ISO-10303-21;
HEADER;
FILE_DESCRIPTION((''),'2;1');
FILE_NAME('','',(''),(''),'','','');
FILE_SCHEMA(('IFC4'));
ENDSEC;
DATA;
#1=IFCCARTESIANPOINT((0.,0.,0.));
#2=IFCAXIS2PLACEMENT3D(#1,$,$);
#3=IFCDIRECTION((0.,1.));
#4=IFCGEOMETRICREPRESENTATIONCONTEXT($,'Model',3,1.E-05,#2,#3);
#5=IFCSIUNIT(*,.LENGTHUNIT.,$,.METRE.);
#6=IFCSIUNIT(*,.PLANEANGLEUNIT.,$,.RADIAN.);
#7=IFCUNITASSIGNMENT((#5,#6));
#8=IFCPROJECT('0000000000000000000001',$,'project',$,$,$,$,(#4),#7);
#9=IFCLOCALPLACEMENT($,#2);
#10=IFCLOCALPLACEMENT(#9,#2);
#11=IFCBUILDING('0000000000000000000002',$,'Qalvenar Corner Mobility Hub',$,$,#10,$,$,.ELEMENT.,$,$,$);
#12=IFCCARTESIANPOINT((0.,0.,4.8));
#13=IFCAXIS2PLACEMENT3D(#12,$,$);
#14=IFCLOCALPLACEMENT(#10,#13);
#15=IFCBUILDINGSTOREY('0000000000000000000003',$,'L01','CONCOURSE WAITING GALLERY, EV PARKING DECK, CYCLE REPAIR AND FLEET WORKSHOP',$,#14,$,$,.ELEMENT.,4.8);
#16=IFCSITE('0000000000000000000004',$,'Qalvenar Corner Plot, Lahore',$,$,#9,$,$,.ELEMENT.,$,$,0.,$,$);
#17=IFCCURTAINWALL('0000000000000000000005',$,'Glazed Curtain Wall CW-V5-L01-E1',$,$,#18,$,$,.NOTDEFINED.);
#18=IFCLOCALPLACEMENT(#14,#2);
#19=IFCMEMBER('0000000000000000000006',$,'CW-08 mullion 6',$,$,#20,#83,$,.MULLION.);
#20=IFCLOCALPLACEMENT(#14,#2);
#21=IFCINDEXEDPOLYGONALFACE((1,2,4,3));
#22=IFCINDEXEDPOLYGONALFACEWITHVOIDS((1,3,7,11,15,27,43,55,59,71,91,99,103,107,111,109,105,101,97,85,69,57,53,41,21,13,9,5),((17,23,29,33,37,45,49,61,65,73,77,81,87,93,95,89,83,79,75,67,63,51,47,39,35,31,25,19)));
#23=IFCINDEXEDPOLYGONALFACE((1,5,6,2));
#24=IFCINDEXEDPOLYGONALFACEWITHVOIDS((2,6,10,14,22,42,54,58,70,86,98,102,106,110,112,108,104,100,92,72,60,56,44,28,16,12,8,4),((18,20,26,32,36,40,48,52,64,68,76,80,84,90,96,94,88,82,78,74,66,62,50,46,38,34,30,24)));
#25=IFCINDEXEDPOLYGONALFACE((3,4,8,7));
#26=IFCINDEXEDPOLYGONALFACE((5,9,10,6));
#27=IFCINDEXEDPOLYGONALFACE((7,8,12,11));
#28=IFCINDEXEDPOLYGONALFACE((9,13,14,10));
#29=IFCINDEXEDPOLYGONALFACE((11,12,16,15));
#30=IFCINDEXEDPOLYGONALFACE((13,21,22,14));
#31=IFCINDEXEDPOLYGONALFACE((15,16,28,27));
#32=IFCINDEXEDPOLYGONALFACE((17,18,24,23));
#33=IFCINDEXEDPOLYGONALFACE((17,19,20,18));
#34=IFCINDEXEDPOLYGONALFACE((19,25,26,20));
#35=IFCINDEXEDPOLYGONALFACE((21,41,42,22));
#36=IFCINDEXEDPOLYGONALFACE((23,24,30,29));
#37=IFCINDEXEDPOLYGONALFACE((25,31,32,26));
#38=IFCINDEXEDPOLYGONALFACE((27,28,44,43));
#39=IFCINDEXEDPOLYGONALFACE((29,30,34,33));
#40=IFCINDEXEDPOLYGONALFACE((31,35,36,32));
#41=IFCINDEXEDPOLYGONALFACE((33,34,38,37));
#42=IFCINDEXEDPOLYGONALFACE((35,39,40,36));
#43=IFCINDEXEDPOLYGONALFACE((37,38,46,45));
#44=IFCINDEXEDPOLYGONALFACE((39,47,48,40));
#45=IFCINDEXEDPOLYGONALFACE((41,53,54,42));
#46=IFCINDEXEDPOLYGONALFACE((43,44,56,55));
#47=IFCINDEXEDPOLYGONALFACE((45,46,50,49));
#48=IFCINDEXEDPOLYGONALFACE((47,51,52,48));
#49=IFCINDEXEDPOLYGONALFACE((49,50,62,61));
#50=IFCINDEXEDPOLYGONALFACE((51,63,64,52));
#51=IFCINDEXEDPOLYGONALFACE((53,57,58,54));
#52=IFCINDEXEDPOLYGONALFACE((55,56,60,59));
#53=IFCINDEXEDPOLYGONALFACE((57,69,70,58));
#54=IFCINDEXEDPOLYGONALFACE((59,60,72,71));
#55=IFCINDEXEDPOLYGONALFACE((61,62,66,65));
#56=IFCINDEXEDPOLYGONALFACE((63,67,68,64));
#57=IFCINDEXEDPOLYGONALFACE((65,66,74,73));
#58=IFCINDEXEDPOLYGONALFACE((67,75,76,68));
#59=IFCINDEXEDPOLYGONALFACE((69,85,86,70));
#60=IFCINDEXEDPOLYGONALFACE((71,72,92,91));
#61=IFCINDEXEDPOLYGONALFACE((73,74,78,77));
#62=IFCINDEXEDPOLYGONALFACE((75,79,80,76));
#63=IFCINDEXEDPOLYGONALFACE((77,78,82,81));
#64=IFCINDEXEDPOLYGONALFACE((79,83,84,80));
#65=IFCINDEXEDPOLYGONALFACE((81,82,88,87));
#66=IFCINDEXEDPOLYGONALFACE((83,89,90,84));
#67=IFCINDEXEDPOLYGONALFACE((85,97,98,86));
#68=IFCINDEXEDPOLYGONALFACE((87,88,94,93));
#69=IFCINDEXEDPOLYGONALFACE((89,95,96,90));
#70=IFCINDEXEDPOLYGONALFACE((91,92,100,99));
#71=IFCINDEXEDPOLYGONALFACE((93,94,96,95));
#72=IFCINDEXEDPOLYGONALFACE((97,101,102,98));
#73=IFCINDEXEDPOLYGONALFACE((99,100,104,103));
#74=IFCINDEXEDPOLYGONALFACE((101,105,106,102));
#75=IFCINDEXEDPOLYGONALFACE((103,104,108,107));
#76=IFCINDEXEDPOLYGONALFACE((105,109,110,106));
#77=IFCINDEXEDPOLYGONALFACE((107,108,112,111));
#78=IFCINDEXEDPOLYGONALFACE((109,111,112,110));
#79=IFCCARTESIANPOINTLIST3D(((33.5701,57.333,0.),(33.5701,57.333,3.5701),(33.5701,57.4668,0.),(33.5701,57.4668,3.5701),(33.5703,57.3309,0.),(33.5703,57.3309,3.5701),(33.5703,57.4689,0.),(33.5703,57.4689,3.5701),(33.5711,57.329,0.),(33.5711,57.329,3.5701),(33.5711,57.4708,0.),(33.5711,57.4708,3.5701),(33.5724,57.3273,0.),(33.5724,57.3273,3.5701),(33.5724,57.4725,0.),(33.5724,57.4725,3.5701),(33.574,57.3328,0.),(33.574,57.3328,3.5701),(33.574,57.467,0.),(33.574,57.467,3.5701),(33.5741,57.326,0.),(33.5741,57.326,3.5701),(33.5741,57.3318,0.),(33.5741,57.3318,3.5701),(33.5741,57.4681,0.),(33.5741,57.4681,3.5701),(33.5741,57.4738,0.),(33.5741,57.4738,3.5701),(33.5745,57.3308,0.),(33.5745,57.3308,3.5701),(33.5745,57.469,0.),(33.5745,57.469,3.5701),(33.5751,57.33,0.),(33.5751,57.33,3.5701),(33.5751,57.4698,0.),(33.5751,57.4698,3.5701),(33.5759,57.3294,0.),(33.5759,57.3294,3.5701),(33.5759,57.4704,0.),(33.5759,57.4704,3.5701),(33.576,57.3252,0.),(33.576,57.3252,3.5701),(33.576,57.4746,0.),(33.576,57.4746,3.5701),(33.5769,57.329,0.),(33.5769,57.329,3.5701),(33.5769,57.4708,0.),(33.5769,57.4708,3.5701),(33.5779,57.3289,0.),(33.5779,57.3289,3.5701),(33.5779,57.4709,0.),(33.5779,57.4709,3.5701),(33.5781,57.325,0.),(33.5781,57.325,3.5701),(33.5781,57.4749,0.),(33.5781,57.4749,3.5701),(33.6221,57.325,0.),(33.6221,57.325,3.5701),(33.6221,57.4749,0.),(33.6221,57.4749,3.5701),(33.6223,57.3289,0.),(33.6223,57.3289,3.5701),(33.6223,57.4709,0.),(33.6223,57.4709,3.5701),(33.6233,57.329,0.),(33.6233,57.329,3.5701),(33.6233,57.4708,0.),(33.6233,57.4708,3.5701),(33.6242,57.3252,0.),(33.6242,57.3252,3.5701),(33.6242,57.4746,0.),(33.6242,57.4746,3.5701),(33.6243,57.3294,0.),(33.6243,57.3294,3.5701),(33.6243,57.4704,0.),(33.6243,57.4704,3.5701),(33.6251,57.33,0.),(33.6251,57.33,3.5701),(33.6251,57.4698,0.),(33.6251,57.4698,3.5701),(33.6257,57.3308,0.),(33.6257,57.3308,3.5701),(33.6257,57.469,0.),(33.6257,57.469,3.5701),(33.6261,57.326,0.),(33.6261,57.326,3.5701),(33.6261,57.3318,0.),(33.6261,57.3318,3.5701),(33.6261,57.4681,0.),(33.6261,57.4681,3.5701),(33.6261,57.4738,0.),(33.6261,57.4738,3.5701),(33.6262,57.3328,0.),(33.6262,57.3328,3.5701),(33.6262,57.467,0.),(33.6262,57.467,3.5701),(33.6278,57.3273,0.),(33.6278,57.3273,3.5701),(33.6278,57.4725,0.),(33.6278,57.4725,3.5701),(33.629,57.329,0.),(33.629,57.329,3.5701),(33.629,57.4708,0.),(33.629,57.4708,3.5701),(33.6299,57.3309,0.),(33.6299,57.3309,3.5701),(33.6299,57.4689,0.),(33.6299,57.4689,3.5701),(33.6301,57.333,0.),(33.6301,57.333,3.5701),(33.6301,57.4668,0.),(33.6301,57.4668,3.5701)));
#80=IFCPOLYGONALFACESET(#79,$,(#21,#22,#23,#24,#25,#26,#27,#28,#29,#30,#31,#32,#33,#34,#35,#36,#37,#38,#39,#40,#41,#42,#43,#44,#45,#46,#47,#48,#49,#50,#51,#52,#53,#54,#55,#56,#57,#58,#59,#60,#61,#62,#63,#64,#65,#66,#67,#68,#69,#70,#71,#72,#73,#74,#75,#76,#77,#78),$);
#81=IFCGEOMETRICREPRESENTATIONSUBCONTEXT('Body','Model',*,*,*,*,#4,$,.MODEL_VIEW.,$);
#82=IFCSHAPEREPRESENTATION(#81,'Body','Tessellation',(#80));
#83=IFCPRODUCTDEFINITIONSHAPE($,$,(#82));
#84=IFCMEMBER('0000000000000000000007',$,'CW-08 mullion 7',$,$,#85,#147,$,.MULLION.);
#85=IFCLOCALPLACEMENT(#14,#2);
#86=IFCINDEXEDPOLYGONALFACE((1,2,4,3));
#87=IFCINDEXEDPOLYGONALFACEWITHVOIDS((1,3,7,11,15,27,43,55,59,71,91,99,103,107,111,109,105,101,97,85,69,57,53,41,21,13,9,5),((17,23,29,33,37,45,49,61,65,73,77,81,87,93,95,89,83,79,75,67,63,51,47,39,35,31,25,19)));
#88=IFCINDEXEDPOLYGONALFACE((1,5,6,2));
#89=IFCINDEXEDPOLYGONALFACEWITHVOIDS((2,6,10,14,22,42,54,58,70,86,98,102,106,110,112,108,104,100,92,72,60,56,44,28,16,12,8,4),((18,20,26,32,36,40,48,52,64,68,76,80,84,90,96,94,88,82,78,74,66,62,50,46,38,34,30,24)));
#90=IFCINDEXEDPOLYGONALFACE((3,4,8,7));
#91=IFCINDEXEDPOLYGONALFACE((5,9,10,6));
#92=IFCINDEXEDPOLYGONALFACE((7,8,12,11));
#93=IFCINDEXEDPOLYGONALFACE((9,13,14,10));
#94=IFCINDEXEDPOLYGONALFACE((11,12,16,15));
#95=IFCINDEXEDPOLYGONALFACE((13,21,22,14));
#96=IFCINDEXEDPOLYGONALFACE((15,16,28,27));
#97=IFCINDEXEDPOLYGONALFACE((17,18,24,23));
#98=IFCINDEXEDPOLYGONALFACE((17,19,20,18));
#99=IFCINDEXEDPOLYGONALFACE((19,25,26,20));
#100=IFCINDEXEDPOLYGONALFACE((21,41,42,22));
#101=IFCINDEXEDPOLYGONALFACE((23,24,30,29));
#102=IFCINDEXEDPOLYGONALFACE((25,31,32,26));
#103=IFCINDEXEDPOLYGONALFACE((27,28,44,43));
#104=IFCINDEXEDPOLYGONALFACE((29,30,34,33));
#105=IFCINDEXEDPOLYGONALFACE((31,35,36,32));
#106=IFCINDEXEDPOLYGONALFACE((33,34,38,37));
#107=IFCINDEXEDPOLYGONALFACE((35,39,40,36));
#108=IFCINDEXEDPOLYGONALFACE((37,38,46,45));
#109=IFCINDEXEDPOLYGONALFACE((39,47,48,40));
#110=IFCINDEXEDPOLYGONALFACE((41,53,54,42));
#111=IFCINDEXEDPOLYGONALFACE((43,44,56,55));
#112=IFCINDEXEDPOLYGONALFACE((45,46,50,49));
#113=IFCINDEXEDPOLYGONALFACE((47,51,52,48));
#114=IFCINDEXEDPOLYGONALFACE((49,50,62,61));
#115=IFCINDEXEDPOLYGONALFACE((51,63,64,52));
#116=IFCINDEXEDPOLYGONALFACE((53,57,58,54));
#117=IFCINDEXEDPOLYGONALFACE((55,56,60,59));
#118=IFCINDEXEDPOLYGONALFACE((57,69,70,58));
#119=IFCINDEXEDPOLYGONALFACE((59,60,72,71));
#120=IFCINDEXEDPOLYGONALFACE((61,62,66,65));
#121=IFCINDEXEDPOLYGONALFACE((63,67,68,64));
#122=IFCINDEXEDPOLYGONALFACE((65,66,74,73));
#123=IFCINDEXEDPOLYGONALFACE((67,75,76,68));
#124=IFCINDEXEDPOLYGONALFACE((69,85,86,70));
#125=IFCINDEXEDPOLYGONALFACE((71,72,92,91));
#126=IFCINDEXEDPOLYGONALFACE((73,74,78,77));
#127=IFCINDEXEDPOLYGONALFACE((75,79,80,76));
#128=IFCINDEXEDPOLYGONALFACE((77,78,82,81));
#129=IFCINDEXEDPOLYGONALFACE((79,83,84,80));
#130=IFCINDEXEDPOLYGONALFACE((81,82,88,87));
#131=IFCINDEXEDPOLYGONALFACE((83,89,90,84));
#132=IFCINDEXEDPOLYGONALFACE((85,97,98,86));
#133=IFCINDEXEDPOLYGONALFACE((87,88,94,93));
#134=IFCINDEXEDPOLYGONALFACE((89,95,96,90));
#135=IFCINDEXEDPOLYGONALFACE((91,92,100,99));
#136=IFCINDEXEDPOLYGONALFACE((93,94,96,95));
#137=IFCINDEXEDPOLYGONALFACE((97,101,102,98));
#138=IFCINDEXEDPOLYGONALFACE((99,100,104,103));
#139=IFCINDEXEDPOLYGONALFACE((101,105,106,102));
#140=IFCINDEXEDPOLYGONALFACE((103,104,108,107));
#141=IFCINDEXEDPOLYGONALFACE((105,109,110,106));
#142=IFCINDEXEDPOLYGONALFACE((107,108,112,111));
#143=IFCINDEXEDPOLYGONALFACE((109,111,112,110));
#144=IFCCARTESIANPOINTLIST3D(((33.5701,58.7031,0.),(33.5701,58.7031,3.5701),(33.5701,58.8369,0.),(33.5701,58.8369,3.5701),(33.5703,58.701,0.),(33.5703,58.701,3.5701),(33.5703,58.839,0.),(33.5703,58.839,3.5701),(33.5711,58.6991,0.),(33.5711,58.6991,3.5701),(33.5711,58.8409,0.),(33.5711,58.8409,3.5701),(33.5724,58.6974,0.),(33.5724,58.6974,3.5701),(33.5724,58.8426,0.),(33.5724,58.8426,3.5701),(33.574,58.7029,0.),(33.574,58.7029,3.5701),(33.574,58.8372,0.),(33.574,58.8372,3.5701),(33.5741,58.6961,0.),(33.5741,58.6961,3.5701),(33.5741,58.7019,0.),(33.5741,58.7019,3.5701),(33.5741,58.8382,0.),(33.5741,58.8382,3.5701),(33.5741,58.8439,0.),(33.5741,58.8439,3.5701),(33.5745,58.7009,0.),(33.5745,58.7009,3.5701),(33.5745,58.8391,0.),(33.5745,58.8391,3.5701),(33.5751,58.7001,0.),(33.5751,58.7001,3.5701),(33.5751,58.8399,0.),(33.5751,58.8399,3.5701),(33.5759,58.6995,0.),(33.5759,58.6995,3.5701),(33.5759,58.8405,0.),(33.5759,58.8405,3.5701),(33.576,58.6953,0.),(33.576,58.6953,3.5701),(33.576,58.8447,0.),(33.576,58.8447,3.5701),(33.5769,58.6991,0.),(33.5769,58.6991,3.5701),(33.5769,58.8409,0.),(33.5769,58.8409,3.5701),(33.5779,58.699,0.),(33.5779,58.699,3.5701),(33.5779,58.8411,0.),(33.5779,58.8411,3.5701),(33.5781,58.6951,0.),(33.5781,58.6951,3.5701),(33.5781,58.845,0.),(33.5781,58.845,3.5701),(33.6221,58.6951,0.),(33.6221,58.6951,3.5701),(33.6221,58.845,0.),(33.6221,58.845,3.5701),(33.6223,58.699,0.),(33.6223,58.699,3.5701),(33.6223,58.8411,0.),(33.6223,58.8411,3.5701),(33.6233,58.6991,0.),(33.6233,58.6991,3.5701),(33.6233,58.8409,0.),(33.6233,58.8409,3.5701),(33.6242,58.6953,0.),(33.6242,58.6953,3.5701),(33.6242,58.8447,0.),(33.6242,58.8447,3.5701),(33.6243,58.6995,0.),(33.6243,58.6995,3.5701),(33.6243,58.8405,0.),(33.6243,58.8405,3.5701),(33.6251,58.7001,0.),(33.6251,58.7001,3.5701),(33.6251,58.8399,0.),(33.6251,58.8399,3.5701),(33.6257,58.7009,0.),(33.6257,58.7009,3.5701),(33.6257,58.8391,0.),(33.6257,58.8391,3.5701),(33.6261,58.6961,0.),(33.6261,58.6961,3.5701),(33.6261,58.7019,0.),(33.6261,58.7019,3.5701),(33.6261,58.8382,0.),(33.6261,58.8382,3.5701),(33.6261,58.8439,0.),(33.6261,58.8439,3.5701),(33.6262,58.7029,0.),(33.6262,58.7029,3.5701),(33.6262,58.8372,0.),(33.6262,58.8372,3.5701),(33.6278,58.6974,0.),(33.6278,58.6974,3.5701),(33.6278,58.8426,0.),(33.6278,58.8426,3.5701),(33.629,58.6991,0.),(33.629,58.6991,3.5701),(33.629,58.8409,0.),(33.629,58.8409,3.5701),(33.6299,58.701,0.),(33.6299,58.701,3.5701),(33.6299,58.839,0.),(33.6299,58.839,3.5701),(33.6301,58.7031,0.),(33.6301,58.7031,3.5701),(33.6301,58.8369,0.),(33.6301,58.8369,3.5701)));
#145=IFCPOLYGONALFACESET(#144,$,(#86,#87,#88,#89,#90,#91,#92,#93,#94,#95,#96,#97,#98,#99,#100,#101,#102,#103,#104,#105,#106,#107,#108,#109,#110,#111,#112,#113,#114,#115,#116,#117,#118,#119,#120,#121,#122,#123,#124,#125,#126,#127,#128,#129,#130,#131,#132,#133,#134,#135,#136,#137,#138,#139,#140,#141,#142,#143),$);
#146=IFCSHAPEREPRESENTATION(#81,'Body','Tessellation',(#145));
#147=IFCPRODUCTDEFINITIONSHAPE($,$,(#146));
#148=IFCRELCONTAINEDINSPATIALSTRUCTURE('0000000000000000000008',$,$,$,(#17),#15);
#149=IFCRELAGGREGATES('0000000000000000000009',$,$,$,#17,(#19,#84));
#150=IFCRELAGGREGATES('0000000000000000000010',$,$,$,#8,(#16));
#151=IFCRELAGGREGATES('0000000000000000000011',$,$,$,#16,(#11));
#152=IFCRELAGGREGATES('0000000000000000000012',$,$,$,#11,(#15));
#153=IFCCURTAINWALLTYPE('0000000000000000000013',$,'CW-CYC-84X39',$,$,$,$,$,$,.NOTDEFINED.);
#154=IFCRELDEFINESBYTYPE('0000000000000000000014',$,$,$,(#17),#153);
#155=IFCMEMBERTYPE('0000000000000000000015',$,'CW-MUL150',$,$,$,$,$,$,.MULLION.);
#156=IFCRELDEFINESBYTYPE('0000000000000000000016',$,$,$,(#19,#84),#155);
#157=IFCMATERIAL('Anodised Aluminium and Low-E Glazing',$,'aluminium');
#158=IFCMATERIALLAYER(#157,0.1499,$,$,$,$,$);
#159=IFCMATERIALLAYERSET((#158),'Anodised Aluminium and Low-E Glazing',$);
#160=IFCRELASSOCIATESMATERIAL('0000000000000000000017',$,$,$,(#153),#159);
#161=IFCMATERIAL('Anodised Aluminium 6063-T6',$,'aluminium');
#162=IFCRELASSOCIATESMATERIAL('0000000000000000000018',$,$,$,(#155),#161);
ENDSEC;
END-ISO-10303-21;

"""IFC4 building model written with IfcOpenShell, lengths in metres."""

from ifc_helpers import new_model, si_unit, direction, frame, origin, origin_2d, place, context, subcontext, project, spatial, hollow_rectangle, extrude, material, layer, layer_set, material_profile, profile_set, type_object, element, aggregate, save


model = new_model("IFC4")

# Units and contexts
model_context = context("Model", 3, precision=1e-05, world=origin(), true_north=direction((0.0, 1.0)))
body_context = subcontext(model_context, "Body", "Model", "MODEL_VIEW")
ifc_project = project(units=[si_unit("LENGTHUNIT", "METRE"), si_unit("PLANEANGLEUNIT", "RADIAN")], contexts=[model_context])

# Site, building, storey
site_placement = place(None, origin())
site = spatial("IfcSite", under=ifc_project, at=site_placement, Name="Qalvenar Corner Plot, Lahore", CompositionType="ELEMENT", RefElevation=0.0)
building_placement = place(site_placement, origin())
building = spatial("IfcBuilding", under=site, at=building_placement, Name="Qalvenar Corner Mobility Hub", CompositionType="ELEMENT")
storey_placement = place(building_placement, frame((0.0, 0.0, 4.8)))
storey = spatial("IfcBuildingStorey", under=building, at=storey_placement, Name="L01", Description="CONCOURSE WAITING GALLERY, EV PARKING DECK, CYCLE REPAIR AND FLEET WORKSHOP", CompositionType="ELEMENT", Elevation=4.8)

# Curtain wall, members
ifc_material_1 = material(Name="Anodised Aluminium and Low-E Glazing", Category="aluminium")
ifc_layer_1 = layer(ifc_material_1, 0.1499)
ifc_layer_set_1 = layer_set([ifc_layer_1], Name="Anodised Aluminium and Low-E Glazing")
curtain_wall_type = type_object("IfcCurtainWallType", Name="CW-CYC-84X39", PredefinedType="NOTDEFINED", material=ifc_layer_set_1)
curtain_wall_placement = place(storey_placement, origin())
curtain_wall = element("IfcCurtainWall", 1, at=curtain_wall_placement, inside=storey, type_object=curtain_wall_type, Name="Glazed Curtain Wall CW-V5-L01-E1", PredefinedType="NOTDEFINED")
ifc_material_2 = material(Name="Anodised Aluminium 6063-T6", Category="aluminium")
ifc_material_profile_1 = material_profile(ifc_material_2, hollow_rectangle(XDim=0.0601, YDim=0.1499, WallThickness=0.0039, InnerFilletRadius=0.0039, OuterFilletRadius=0.0081, at=origin_2d()), Name="RHS150x60x4")
ifc_profile_set_1 = profile_set([ifc_material_profile_1], Name="Anodised Aluminium 6063-T6")
member_type_1 = type_object("IfcMemberType", Name="CW-MUL150", PredefinedType="MULLION", material=ifc_profile_set_1)
member_1_placement = place(storey_placement, frame((33.6001, 57.3999, 0.0), z_axis=(0.0, 0.0, 1.0), x_axis=(-1.0, 0.0, 0.0)))
member_1 = element("IfcMember", 2, at=member_1_placement, type_object=member_type_1, Name="CW-08 mullion 6", PredefinedType="MULLION", context=body_context, shape_type="SweptSolid", body=[
    extrude(hollow_rectangle(XDim=0.0601, YDim=0.1499, WallThickness=0.0039, InnerFilletRadius=0.0039, OuterFilletRadius=0.0081, at=origin_2d()), origin(), (0.0, 0.0, 1.0), 3.5701),
])
member_2_placement = place(storey_placement, frame((33.6001, 58.77, 0.0), z_axis=(0.0, 0.0, 1.0), x_axis=(-1.0, 0.0, 0.0)))
member_2 = element("IfcMember", 3, at=member_2_placement, type_object=member_type_1, Name="CW-08 mullion 7", PredefinedType="MULLION", context=body_context, shape_type="SweptSolid", body=[
    extrude(hollow_rectangle(XDim=0.0601, YDim=0.1499, WallThickness=0.0039, InnerFilletRadius=0.0039, OuterFilletRadius=0.0081, at=origin_2d()), origin(), (0.0, 0.0, 1.0), 3.5701),
])
aggregate(curtain_wall, [member_1, member_2])

save(model, "model.ifc")
